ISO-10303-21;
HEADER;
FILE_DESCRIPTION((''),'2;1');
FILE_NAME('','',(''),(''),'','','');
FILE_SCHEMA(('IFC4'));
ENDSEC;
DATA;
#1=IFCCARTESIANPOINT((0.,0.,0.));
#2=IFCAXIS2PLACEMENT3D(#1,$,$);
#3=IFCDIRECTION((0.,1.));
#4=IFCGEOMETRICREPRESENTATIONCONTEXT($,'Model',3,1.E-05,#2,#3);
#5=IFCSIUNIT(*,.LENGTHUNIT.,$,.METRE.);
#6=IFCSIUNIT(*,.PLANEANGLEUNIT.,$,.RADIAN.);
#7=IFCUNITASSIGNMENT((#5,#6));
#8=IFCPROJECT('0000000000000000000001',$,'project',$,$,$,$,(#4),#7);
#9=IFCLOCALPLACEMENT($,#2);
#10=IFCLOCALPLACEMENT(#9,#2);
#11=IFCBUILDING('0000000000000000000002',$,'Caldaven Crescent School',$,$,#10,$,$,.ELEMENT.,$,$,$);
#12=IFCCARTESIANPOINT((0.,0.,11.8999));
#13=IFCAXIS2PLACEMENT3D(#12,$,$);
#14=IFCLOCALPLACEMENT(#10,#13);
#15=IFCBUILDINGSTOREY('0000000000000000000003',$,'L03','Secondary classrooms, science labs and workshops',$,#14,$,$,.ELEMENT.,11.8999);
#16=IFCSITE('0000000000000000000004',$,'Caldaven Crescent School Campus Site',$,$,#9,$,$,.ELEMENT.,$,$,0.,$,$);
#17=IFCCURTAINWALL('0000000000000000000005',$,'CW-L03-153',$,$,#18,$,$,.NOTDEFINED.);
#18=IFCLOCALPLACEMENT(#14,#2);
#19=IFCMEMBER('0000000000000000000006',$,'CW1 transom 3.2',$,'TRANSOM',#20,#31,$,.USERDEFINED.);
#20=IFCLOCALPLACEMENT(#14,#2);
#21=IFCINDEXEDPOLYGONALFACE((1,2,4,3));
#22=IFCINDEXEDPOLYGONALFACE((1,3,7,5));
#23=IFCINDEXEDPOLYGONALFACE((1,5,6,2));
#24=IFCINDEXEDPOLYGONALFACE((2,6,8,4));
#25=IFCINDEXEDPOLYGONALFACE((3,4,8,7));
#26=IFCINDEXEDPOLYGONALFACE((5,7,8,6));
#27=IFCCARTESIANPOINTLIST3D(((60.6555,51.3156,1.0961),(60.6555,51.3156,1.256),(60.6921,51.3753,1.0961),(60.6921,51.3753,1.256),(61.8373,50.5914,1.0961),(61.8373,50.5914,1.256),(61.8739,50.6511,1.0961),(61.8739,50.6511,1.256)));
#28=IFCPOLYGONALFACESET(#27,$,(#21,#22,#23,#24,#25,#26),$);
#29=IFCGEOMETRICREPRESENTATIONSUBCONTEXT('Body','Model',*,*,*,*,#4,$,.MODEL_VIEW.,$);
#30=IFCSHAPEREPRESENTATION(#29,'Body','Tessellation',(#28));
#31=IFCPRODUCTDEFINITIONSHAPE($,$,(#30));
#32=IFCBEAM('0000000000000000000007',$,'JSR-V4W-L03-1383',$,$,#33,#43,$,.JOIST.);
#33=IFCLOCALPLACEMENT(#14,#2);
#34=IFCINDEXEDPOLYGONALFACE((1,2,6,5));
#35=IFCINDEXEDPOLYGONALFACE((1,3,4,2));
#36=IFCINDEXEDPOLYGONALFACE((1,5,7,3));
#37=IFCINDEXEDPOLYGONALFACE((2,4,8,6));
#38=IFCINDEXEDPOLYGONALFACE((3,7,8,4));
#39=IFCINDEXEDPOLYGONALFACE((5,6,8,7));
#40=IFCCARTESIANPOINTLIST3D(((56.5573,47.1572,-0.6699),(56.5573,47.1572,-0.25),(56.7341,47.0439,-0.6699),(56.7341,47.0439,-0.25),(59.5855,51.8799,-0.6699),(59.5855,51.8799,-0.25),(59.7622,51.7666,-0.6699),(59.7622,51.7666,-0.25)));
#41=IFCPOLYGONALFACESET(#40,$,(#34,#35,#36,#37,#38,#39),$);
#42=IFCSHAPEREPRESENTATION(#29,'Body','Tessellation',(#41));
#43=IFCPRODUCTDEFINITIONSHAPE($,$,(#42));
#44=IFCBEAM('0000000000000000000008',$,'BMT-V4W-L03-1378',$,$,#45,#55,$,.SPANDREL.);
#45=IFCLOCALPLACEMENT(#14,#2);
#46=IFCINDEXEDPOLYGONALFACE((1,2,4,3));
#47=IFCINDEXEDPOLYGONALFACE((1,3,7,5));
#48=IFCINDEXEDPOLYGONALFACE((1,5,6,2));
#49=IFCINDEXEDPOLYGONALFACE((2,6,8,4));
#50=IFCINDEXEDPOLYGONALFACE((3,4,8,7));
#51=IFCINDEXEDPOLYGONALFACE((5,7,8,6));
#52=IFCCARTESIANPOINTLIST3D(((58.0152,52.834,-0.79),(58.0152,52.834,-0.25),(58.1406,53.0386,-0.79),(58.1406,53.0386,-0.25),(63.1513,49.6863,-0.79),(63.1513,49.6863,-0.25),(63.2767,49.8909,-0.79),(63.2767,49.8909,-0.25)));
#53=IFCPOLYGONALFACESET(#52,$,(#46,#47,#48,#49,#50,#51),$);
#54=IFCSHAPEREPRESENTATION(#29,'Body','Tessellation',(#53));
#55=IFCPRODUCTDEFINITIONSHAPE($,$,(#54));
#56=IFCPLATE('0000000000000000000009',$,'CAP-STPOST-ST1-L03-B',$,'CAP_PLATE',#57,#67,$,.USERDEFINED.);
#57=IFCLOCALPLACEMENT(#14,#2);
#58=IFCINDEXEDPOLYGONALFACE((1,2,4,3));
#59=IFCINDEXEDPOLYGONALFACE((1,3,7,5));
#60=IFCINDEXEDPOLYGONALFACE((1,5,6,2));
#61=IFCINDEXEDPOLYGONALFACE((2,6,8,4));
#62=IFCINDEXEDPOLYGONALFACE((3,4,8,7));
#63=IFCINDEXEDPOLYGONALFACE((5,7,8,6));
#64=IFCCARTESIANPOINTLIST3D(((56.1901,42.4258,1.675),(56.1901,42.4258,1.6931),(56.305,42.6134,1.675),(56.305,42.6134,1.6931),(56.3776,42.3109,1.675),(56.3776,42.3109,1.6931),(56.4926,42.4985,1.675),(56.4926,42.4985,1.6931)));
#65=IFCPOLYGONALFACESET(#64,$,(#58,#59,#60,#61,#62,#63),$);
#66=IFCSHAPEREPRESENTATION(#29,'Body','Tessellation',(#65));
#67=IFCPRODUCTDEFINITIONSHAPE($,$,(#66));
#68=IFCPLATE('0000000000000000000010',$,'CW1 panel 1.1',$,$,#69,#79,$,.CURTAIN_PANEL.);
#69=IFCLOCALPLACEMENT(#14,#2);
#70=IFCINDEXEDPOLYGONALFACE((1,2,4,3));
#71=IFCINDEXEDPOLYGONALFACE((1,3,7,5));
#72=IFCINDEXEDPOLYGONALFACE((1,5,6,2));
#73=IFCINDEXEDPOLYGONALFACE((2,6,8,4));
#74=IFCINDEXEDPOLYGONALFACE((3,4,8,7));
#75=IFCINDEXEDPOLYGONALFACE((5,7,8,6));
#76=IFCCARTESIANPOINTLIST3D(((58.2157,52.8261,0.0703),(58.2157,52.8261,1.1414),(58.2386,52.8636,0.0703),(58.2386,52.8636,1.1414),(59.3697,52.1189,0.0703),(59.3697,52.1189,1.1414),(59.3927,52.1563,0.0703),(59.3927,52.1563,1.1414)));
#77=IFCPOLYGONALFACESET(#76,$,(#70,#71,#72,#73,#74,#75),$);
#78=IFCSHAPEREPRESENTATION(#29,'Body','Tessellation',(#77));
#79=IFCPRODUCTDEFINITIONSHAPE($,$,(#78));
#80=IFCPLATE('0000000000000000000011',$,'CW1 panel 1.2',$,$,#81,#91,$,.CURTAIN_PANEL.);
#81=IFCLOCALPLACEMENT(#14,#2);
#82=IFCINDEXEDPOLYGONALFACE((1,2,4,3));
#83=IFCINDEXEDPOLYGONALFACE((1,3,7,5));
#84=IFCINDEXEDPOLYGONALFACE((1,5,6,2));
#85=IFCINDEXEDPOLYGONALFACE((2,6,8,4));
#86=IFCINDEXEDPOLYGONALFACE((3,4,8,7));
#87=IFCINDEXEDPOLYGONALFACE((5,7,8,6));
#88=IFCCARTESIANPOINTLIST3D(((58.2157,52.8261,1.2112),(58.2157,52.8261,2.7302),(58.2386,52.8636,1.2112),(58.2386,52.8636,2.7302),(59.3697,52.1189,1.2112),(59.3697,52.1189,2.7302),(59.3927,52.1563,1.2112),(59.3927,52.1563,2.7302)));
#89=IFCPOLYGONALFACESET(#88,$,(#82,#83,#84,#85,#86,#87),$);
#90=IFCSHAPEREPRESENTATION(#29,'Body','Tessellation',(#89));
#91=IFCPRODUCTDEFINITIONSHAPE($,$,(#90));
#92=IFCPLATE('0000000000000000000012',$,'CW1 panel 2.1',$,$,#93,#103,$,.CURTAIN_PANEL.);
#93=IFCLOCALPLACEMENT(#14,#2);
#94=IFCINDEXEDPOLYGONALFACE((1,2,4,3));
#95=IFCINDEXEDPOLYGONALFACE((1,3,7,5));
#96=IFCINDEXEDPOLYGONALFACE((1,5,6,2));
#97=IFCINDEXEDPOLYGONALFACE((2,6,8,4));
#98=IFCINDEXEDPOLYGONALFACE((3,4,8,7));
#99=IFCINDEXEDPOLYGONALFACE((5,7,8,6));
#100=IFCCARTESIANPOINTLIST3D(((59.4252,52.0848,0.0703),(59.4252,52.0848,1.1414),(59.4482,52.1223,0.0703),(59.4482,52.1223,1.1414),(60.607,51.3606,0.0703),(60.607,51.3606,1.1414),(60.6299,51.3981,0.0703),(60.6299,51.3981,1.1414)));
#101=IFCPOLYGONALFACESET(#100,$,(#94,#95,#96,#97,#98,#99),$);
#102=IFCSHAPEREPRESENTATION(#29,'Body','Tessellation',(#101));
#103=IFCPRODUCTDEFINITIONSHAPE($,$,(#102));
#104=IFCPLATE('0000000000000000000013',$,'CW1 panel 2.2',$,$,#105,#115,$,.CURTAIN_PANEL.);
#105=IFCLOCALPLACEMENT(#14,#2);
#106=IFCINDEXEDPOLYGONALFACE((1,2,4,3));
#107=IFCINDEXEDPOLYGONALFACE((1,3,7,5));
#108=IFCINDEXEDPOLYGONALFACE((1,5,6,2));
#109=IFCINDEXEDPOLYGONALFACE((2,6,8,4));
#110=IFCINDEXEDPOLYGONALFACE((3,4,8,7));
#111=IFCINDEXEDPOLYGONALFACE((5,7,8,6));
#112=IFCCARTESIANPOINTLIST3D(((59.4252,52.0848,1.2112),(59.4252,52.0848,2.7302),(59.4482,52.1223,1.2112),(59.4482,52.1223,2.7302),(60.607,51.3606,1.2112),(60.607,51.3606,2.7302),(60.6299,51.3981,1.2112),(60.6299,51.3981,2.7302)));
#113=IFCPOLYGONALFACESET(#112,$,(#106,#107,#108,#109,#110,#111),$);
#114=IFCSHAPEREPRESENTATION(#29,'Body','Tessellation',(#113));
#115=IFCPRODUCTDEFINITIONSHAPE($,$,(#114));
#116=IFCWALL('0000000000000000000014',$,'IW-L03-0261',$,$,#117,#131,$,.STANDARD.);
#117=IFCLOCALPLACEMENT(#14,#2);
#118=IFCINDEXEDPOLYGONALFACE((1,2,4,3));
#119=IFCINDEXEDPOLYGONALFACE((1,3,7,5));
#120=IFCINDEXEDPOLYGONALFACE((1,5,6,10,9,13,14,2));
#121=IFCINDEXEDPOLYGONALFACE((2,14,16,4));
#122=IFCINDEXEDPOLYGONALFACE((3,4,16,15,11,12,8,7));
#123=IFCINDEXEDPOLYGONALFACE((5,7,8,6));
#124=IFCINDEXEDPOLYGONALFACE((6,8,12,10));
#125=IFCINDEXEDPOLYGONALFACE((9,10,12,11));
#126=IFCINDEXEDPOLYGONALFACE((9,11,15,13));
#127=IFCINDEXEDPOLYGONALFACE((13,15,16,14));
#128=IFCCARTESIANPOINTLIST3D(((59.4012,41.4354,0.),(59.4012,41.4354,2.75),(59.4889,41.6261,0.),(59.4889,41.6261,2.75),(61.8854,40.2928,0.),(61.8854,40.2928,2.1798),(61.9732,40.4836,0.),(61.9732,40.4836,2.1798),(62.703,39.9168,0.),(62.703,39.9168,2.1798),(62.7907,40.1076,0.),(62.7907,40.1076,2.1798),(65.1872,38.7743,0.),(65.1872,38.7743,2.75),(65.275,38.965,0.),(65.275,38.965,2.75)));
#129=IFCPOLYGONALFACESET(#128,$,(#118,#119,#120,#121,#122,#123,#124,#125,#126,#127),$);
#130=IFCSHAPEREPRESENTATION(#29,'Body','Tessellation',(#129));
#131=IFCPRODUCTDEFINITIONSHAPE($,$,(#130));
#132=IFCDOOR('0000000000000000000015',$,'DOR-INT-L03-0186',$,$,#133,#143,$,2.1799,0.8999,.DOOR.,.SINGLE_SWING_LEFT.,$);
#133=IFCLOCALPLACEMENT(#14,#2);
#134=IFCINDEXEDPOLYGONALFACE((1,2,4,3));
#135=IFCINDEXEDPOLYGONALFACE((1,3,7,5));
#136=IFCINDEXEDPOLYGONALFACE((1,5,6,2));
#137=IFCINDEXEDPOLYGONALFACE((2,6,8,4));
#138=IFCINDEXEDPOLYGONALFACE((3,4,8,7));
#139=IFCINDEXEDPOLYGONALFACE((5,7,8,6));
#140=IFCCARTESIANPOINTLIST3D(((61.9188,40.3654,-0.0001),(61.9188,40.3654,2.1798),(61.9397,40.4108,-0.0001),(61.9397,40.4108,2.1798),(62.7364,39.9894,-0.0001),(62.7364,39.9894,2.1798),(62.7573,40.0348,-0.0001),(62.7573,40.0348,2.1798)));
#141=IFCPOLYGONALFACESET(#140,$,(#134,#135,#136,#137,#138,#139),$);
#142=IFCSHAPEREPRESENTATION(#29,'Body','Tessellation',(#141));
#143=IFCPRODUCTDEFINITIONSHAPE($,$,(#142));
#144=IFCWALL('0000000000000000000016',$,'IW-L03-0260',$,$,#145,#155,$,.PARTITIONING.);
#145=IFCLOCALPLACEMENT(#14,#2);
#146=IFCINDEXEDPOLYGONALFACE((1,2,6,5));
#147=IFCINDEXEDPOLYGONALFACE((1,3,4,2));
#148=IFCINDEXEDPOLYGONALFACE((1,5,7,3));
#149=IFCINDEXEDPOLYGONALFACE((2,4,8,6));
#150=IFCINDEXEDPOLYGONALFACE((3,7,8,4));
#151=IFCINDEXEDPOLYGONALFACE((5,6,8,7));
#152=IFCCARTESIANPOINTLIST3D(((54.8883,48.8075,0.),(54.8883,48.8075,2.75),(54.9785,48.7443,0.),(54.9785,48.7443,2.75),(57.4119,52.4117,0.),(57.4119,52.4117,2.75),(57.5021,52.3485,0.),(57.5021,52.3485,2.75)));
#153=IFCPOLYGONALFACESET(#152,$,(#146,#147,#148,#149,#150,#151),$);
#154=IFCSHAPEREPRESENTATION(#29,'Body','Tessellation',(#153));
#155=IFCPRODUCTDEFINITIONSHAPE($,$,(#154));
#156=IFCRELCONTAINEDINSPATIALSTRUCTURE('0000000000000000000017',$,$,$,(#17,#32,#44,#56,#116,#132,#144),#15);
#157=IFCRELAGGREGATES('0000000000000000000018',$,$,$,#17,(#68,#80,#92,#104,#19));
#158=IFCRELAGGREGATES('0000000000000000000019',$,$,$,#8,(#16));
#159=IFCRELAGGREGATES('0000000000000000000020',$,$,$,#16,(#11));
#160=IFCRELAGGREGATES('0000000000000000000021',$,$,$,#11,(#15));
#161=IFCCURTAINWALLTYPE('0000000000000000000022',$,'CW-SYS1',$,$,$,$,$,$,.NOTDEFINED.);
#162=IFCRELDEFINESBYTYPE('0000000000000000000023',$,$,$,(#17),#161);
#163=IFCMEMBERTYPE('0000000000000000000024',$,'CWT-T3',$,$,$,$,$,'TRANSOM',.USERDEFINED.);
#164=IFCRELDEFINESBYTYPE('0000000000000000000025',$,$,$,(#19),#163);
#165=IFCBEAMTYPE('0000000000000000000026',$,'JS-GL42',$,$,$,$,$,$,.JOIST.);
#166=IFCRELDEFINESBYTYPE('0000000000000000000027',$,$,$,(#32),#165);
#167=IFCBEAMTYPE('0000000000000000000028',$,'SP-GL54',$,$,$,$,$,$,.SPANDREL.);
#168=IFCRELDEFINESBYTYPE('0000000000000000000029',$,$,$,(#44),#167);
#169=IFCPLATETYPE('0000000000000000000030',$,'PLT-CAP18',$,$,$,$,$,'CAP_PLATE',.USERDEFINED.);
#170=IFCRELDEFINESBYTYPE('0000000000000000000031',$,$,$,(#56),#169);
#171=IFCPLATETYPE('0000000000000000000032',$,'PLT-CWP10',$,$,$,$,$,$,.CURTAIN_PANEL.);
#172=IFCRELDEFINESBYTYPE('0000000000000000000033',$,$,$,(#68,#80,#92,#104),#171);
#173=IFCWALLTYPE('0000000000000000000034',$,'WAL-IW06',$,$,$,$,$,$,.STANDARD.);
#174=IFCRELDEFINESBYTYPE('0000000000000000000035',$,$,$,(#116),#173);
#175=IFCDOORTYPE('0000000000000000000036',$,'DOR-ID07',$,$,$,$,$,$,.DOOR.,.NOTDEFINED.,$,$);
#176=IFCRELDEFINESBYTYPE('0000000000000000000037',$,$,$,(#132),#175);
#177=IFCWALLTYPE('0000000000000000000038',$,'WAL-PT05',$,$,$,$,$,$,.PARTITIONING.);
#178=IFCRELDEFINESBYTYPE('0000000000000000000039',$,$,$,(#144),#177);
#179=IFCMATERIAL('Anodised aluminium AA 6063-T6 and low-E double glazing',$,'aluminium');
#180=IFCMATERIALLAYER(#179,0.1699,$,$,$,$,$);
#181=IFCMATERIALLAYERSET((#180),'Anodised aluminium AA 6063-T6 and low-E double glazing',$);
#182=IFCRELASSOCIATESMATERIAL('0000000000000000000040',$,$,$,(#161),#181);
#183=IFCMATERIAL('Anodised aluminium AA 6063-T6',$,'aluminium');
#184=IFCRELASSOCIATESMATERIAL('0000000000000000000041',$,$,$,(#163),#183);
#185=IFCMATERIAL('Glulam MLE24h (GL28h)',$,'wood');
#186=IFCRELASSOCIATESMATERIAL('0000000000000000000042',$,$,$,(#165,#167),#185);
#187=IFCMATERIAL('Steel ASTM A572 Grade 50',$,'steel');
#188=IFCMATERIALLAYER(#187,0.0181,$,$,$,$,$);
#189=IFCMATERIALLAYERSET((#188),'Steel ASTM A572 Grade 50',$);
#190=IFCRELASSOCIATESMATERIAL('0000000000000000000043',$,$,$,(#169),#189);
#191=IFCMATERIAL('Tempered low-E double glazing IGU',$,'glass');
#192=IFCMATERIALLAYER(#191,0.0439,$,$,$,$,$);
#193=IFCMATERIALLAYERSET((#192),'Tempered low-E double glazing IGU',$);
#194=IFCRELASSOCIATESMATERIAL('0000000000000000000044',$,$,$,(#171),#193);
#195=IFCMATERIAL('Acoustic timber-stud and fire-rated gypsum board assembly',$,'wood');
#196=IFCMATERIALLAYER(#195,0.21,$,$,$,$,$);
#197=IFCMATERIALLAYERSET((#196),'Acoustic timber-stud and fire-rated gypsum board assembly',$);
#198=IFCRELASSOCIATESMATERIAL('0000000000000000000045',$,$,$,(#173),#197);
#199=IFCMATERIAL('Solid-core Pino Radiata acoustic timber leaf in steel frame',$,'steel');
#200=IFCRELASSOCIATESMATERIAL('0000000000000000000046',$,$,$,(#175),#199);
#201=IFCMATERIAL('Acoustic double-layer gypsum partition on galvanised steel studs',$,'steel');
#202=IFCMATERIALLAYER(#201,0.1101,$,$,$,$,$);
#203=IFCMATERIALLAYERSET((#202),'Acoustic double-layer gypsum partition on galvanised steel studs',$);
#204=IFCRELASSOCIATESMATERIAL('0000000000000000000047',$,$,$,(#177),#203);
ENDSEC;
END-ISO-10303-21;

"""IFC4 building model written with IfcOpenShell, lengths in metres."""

from ifc_helpers import new_model, si_unit, direction, frame, frame_2d, origin, origin_2d, place, context, subcontext, project, spatial, rectangle, extrude, material, layer, layer_set, material_profile, profile_set, type_object, element, fill, aggregate, save


model = new_model("IFC4")

# Units and contexts
model_context = context("Model", 3, precision=1e-05, world=origin(), true_north=direction((0.0, 1.0)))
body_context = subcontext(model_context, "Body", "Model", "MODEL_VIEW")
ifc_project = project(units=[si_unit("LENGTHUNIT", "METRE"), si_unit("PLANEANGLEUNIT", "RADIAN")], contexts=[model_context])

# Site, building, storey
site_placement = place(None, origin())
site = spatial("IfcSite", under=ifc_project, at=site_placement, Name="Caldaven Crescent School Campus Site", CompositionType="ELEMENT", RefElevation=0.0)
building_placement = place(site_placement, origin())
building = spatial("IfcBuilding", under=site, at=building_placement, Name="Caldaven Crescent School", CompositionType="ELEMENT")
storey_placement = place(building_placement, frame((0.0, 0.0, 11.8999)))
storey = spatial("IfcBuildingStorey", under=building, at=storey_placement, Name="L03", Description="Secondary classrooms, science labs and workshops", CompositionType="ELEMENT", Elevation=11.8999)

# Shared definitions
ifc_material_1 = material(Name="Glulam MLE24h (GL28h)", Category="wood")
ifc_material_2 = material(Name="Steel ASTM A572 Grade 50", Category="steel")

# Curtain wall, member
ifc_material_3 = material(Name="Anodised aluminium AA 6063-T6 and low-E double glazing", Category="aluminium")
ifc_layer_1 = layer(ifc_material_3, 0.1699)
ifc_layer_set_1 = layer_set([ifc_layer_1], Name="Anodised aluminium AA 6063-T6 and low-E double glazing")
curtain_wall_type = type_object("IfcCurtainWallType", Name="CW-SYS1", PredefinedType="NOTDEFINED", material=ifc_layer_set_1)
curtain_wall_placement = place(storey_placement, origin())
curtain_wall = element("IfcCurtainWall", 1, at=curtain_wall_placement, inside=storey, type_object=curtain_wall_type, Name="CW-L03-153", PredefinedType="NOTDEFINED")
ifc_material_4 = material(Name="Anodised aluminium AA 6063-T6", Category="aluminium")
ifc_material_profile_1 = material_profile(ifc_material_4, rectangle(XDim=0.0701, YDim=0.1599, at=origin_2d()), Name="CWT 70x160")
ifc_profile_set_1 = profile_set([ifc_material_profile_1], Name="Anodised aluminium AA 6063-T6")
member_type_1 = type_object("IfcMemberType", Name="CWT-T3", ElementType="TRANSOM", PredefinedType="USERDEFINED", material=ifc_profile_set_1)
member_1_placement = place(storey_placement, frame((60.6738, 51.3455, 1.176), z_axis=(0.852637, -0.522504, 0.0), x_axis=(0.522504, 0.852637, 0.0)))
member_1 = element("IfcMember", 2, at=member_1_placement, type_object=member_type_1, Name="CW1 transom 3.2", ObjectType="TRANSOM", PredefinedType="USERDEFINED", context=body_context, shape_type="SweptSolid", body=[
    extrude(rectangle(XDim=0.0701, YDim=0.1599, at=origin_2d()), origin(), (0.0, 0.0, 1.0), 1.386),
])

# Beams
ifc_material_profile_2 = material_profile(ifc_material_1, rectangle(XDim=0.21, YDim=0.4199, at=origin_2d()), Name="MLE 210x420")
ifc_profile_set_2 = profile_set([ifc_material_profile_2], Name="Glulam MLE24h (GL28h)")
beam_type_1 = type_object("IfcBeamType", Name="JS-GL42", PredefinedType="JOIST", material=ifc_profile_set_2)
beam_1_placement = place(storey_placement, frame((59.6738, 51.8232, -0.46), z_axis=(-0.539759, -0.84182, 0.0), x_axis=(0.84182, -0.539759, 0.0)))
element("IfcBeam", 3, at=beam_1_placement, inside=storey, type_object=beam_type_1, Name="JSR-V4W-L03-1383", PredefinedType="JOIST", context=body_context, shape_type="SweptSolid", body=[
    extrude(rectangle(XDim=0.21, YDim=0.4199, at=origin_2d()), origin(), (0.0, 0.0, 1.0), 5.6101),
])
ifc_material_profile_3 = material_profile(ifc_material_1, rectangle(XDim=0.24, YDim=0.54, at=origin_2d()), Name="MLE 240x540")
ifc_profile_set_3 = profile_set([ifc_material_profile_3], Name="Glulam MLE24h (GL28h)")
beam_type_2 = type_object("IfcBeamType", Name="SP-GL54", PredefinedType="SPANDREL", material=ifc_profile_set_3)
beam_2_placement = place(storey_placement, frame((58.0779, 52.9363, -0.52), z_axis=(0.852624, -0.522525, 0.0), x_axis=(0.522525, 0.852624, 0.0)))
element("IfcBeam", 4, at=beam_2_placement, inside=storey, type_object=beam_type_2, Name="BMT-V4W-L03-1378", PredefinedType="SPANDREL", context=body_context, shape_type="SweptSolid", body=[
    extrude(rectangle(XDim=0.24, YDim=0.54, at=origin_2d()), origin(), (0.0, 0.0, 1.0), 6.0239),
])

# Plates
ifc_layer_2 = layer(ifc_material_2, 0.0181)
ifc_layer_set_2 = layer_set([ifc_layer_2], Name="Steel ASTM A572 Grade 50")
plate_type_1 = type_object("IfcPlateType", Name="PLT-CAP18", ElementType="CAP_PLATE", PredefinedType="USERDEFINED", material=ifc_layer_set_2)
plate_1_placement = place(storey_placement, frame((56.3413, 42.4622, 1.675), z_axis=(0.0, 0.0, 1.0), x_axis=(0.85264, -0.522499, 0.0)))
element("IfcPlate", 5, at=plate_1_placement, inside=storey, type_object=plate_type_1, Name="CAP-STPOST-ST1-L03-B", ObjectType="CAP_PLATE", PredefinedType="USERDEFINED", context=body_context, shape_type="SweptSolid", body=[
    extrude(rectangle(XDim=0.22, YDim=0.22, at=origin_2d()), origin(), (0.0, 0.0, 1.0), 0.0181),
])
ifc_material_5 = material(Name="Tempered low-E double glazing IGU", Category="glass")
ifc_layer_3 = layer(ifc_material_5, 0.0439)
ifc_layer_set_3 = layer_set([ifc_layer_3], Name="Tempered low-E double glazing IGU")
plate_type_2 = type_object("IfcPlateType", Name="PLT-CWP10", PredefinedType="CURTAIN_PANEL", material=ifc_layer_set_3)
plate_2_placement = place(storey_placement, frame((58.8042, 52.4912, 0.0703), z_axis=(0.0, 0.0, 1.0), x_axis=(0.85264, -0.522499, 0.0)))
plate_2 = element("IfcPlate", 6, at=plate_2_placement, type_object=plate_type_2, Name="CW1 panel 1.1", PredefinedType="CURTAIN_PANEL", context=body_context, shape_type="SweptSolid", body=[
    extrude(rectangle(XDim=1.3535, YDim=0.0439, at=origin_2d()), origin(), (0.0, 0.0, 1.0), 1.071),
])
plate_3_placement = place(storey_placement, frame((58.8042, 52.4912, 1.2112), z_axis=(0.0, 0.0, 1.0), x_axis=(0.85264, -0.522499, 0.0)))
plate_3 = element("IfcPlate", 7, at=plate_3_placement, type_object=plate_type_2, Name="CW1 panel 1.2", PredefinedType="CURTAIN_PANEL", context=body_context, shape_type="SweptSolid", body=[
    extrude(rectangle(XDim=1.3535, YDim=0.0439, at=origin_2d()), origin(), (0.0, 0.0, 1.0), 1.519),
])
plate_4_placement = place(storey_placement, frame((60.0276, 51.7415, 0.0703), z_axis=(0.0, 0.0, 1.0), x_axis=(0.85264, -0.522499, 0.0)))
plate_4 = element("IfcPlate", 8, at=plate_4_placement, type_object=plate_type_2, Name="CW1 panel 2.1", PredefinedType="CURTAIN_PANEL", context=body_context, shape_type="SweptSolid", body=[
    extrude(rectangle(XDim=1.386, YDim=0.0439, at=origin_2d()), origin(), (0.0, 0.0, 1.0), 1.071),
])
plate_5_placement = place(storey_placement, frame((60.0276, 51.7415, 1.2112), z_axis=(0.0, 0.0, 1.0), x_axis=(0.85264, -0.522499, 0.0)))
plate_5 = element("IfcPlate", 9, at=plate_5_placement, type_object=plate_type_2, Name="CW1 panel 2.2", PredefinedType="CURTAIN_PANEL", context=body_context, shape_type="SweptSolid", body=[
    extrude(rectangle(XDim=1.386, YDim=0.0439, at=origin_2d()), origin(), (0.0, 0.0, 1.0), 1.519),
])
aggregate(curtain_wall, [plate_2, plate_3, plate_4, plate_5, member_1])

# Wall, opening, door
ifc_material_6 = material(Name="Acoustic timber-stud and fire-rated gypsum board assembly", Category="wood")
ifc_layer_4 = layer(ifc_material_6, 0.21)
ifc_layer_set_4 = layer_set([ifc_layer_4], Name="Acoustic timber-stud and fire-rated gypsum board assembly")
wall_type_1 = type_object("IfcWallType", Name="WAL-IW06", PredefinedType="STANDARD", material=ifc_layer_set_4)
wall_1_placement = place(storey_placement, frame((59.4451, 41.5308, 0.0), z_axis=(0.0, 0.0, 1.0), x_axis=(0.90852, -0.417842, 0.0)))
wall_1 = element("IfcWall", 10, at=wall_1_placement, inside=storey, type_object=wall_type_1, Name="IW-L03-0261", PredefinedType="STANDARD", context=body_context, shape_type="SweptSolid", body=[
    extrude(rectangle(XDim=6.3687, YDim=0.21, at=frame_2d((3.1843, 0.0))), origin(), (0.0, 0.0, 1.0), 2.75),
])
opening_placement = place(wall_1_placement, frame((2.7344, 0.0, 0.0)))
opening = element("IfcOpeningElement", 11, at=opening_placement, cuts=wall_1, PredefinedType="OPENING", context=body_context, shape_type="SweptSolid", body=[
    extrude(rectangle(XDim=0.8999, YDim=2.1799, at=frame_2d((0.45, 1.0898))), frame((0.0, 0.115, 0.0), z_axis=(0.0, -1.0, 0.0), x_axis=(1.0, 0.0, 0.0)), (0.0, 0.0, 1.0), 0.23),
])
ifc_material_7 = material(Name="Solid-core Pino Radiata acoustic timber leaf in steel frame", Category="steel")
door_type = type_object("IfcDoorType", Name="DOR-ID07", OperationType="NOTDEFINED", PredefinedType="DOOR", material=ifc_material_7)
door_placement = place(opening_placement, origin())
door = element("IfcDoor", 12, at=door_placement, inside=storey, type_object=door_type, Name="DOR-INT-L03-0186", OperationType="SINGLE_SWING_LEFT", OverallHeight=2.1799, OverallWidth=0.8999, PredefinedType="DOOR", context=body_context, shape_type="SweptSolid", body=[
    extrude(rectangle(XDim=0.8999, YDim=2.1799, at=frame_2d((0.45, 1.0898))), frame((0.0, 0.0249, 0.0), z_axis=(0.0, -1.0, 0.0), x_axis=(1.0, 0.0, 0.0)), (0.0, 0.0, 1.0), 0.05),
])
fill(opening, door)

# Wall
ifc_material_8 = material(Name="Acoustic double-layer gypsum partition on galvanised steel studs", Category="steel")
ifc_layer_5 = layer(ifc_material_8, 0.1101)
ifc_layer_set_5 = layer_set([ifc_layer_5], Name="Acoustic double-layer gypsum partition on galvanised steel studs")
wall_type_2 = type_object("IfcWallType", Name="WAL-PT05", PredefinedType="PARTITIONING", material=ifc_layer_set_5)
wall_2_placement = place(storey_placement, frame((57.457, 52.3801, 0.0), z_axis=(0.0, 0.0, 1.0), x_axis=(-0.57357, -0.819156, 0.0)))
element("IfcWall", 13, at=wall_2_placement, inside=storey, type_object=wall_type_2, Name="IW-L03-0260", PredefinedType="PARTITIONING", context=body_context, shape_type="SweptSolid", body=[
    extrude(rectangle(XDim=4.3999, YDim=0.1101, at=frame_2d((2.2, 0.0))), origin(), (0.0, 0.0, 1.0), 2.75),
])

save(model, "model.ifc")
